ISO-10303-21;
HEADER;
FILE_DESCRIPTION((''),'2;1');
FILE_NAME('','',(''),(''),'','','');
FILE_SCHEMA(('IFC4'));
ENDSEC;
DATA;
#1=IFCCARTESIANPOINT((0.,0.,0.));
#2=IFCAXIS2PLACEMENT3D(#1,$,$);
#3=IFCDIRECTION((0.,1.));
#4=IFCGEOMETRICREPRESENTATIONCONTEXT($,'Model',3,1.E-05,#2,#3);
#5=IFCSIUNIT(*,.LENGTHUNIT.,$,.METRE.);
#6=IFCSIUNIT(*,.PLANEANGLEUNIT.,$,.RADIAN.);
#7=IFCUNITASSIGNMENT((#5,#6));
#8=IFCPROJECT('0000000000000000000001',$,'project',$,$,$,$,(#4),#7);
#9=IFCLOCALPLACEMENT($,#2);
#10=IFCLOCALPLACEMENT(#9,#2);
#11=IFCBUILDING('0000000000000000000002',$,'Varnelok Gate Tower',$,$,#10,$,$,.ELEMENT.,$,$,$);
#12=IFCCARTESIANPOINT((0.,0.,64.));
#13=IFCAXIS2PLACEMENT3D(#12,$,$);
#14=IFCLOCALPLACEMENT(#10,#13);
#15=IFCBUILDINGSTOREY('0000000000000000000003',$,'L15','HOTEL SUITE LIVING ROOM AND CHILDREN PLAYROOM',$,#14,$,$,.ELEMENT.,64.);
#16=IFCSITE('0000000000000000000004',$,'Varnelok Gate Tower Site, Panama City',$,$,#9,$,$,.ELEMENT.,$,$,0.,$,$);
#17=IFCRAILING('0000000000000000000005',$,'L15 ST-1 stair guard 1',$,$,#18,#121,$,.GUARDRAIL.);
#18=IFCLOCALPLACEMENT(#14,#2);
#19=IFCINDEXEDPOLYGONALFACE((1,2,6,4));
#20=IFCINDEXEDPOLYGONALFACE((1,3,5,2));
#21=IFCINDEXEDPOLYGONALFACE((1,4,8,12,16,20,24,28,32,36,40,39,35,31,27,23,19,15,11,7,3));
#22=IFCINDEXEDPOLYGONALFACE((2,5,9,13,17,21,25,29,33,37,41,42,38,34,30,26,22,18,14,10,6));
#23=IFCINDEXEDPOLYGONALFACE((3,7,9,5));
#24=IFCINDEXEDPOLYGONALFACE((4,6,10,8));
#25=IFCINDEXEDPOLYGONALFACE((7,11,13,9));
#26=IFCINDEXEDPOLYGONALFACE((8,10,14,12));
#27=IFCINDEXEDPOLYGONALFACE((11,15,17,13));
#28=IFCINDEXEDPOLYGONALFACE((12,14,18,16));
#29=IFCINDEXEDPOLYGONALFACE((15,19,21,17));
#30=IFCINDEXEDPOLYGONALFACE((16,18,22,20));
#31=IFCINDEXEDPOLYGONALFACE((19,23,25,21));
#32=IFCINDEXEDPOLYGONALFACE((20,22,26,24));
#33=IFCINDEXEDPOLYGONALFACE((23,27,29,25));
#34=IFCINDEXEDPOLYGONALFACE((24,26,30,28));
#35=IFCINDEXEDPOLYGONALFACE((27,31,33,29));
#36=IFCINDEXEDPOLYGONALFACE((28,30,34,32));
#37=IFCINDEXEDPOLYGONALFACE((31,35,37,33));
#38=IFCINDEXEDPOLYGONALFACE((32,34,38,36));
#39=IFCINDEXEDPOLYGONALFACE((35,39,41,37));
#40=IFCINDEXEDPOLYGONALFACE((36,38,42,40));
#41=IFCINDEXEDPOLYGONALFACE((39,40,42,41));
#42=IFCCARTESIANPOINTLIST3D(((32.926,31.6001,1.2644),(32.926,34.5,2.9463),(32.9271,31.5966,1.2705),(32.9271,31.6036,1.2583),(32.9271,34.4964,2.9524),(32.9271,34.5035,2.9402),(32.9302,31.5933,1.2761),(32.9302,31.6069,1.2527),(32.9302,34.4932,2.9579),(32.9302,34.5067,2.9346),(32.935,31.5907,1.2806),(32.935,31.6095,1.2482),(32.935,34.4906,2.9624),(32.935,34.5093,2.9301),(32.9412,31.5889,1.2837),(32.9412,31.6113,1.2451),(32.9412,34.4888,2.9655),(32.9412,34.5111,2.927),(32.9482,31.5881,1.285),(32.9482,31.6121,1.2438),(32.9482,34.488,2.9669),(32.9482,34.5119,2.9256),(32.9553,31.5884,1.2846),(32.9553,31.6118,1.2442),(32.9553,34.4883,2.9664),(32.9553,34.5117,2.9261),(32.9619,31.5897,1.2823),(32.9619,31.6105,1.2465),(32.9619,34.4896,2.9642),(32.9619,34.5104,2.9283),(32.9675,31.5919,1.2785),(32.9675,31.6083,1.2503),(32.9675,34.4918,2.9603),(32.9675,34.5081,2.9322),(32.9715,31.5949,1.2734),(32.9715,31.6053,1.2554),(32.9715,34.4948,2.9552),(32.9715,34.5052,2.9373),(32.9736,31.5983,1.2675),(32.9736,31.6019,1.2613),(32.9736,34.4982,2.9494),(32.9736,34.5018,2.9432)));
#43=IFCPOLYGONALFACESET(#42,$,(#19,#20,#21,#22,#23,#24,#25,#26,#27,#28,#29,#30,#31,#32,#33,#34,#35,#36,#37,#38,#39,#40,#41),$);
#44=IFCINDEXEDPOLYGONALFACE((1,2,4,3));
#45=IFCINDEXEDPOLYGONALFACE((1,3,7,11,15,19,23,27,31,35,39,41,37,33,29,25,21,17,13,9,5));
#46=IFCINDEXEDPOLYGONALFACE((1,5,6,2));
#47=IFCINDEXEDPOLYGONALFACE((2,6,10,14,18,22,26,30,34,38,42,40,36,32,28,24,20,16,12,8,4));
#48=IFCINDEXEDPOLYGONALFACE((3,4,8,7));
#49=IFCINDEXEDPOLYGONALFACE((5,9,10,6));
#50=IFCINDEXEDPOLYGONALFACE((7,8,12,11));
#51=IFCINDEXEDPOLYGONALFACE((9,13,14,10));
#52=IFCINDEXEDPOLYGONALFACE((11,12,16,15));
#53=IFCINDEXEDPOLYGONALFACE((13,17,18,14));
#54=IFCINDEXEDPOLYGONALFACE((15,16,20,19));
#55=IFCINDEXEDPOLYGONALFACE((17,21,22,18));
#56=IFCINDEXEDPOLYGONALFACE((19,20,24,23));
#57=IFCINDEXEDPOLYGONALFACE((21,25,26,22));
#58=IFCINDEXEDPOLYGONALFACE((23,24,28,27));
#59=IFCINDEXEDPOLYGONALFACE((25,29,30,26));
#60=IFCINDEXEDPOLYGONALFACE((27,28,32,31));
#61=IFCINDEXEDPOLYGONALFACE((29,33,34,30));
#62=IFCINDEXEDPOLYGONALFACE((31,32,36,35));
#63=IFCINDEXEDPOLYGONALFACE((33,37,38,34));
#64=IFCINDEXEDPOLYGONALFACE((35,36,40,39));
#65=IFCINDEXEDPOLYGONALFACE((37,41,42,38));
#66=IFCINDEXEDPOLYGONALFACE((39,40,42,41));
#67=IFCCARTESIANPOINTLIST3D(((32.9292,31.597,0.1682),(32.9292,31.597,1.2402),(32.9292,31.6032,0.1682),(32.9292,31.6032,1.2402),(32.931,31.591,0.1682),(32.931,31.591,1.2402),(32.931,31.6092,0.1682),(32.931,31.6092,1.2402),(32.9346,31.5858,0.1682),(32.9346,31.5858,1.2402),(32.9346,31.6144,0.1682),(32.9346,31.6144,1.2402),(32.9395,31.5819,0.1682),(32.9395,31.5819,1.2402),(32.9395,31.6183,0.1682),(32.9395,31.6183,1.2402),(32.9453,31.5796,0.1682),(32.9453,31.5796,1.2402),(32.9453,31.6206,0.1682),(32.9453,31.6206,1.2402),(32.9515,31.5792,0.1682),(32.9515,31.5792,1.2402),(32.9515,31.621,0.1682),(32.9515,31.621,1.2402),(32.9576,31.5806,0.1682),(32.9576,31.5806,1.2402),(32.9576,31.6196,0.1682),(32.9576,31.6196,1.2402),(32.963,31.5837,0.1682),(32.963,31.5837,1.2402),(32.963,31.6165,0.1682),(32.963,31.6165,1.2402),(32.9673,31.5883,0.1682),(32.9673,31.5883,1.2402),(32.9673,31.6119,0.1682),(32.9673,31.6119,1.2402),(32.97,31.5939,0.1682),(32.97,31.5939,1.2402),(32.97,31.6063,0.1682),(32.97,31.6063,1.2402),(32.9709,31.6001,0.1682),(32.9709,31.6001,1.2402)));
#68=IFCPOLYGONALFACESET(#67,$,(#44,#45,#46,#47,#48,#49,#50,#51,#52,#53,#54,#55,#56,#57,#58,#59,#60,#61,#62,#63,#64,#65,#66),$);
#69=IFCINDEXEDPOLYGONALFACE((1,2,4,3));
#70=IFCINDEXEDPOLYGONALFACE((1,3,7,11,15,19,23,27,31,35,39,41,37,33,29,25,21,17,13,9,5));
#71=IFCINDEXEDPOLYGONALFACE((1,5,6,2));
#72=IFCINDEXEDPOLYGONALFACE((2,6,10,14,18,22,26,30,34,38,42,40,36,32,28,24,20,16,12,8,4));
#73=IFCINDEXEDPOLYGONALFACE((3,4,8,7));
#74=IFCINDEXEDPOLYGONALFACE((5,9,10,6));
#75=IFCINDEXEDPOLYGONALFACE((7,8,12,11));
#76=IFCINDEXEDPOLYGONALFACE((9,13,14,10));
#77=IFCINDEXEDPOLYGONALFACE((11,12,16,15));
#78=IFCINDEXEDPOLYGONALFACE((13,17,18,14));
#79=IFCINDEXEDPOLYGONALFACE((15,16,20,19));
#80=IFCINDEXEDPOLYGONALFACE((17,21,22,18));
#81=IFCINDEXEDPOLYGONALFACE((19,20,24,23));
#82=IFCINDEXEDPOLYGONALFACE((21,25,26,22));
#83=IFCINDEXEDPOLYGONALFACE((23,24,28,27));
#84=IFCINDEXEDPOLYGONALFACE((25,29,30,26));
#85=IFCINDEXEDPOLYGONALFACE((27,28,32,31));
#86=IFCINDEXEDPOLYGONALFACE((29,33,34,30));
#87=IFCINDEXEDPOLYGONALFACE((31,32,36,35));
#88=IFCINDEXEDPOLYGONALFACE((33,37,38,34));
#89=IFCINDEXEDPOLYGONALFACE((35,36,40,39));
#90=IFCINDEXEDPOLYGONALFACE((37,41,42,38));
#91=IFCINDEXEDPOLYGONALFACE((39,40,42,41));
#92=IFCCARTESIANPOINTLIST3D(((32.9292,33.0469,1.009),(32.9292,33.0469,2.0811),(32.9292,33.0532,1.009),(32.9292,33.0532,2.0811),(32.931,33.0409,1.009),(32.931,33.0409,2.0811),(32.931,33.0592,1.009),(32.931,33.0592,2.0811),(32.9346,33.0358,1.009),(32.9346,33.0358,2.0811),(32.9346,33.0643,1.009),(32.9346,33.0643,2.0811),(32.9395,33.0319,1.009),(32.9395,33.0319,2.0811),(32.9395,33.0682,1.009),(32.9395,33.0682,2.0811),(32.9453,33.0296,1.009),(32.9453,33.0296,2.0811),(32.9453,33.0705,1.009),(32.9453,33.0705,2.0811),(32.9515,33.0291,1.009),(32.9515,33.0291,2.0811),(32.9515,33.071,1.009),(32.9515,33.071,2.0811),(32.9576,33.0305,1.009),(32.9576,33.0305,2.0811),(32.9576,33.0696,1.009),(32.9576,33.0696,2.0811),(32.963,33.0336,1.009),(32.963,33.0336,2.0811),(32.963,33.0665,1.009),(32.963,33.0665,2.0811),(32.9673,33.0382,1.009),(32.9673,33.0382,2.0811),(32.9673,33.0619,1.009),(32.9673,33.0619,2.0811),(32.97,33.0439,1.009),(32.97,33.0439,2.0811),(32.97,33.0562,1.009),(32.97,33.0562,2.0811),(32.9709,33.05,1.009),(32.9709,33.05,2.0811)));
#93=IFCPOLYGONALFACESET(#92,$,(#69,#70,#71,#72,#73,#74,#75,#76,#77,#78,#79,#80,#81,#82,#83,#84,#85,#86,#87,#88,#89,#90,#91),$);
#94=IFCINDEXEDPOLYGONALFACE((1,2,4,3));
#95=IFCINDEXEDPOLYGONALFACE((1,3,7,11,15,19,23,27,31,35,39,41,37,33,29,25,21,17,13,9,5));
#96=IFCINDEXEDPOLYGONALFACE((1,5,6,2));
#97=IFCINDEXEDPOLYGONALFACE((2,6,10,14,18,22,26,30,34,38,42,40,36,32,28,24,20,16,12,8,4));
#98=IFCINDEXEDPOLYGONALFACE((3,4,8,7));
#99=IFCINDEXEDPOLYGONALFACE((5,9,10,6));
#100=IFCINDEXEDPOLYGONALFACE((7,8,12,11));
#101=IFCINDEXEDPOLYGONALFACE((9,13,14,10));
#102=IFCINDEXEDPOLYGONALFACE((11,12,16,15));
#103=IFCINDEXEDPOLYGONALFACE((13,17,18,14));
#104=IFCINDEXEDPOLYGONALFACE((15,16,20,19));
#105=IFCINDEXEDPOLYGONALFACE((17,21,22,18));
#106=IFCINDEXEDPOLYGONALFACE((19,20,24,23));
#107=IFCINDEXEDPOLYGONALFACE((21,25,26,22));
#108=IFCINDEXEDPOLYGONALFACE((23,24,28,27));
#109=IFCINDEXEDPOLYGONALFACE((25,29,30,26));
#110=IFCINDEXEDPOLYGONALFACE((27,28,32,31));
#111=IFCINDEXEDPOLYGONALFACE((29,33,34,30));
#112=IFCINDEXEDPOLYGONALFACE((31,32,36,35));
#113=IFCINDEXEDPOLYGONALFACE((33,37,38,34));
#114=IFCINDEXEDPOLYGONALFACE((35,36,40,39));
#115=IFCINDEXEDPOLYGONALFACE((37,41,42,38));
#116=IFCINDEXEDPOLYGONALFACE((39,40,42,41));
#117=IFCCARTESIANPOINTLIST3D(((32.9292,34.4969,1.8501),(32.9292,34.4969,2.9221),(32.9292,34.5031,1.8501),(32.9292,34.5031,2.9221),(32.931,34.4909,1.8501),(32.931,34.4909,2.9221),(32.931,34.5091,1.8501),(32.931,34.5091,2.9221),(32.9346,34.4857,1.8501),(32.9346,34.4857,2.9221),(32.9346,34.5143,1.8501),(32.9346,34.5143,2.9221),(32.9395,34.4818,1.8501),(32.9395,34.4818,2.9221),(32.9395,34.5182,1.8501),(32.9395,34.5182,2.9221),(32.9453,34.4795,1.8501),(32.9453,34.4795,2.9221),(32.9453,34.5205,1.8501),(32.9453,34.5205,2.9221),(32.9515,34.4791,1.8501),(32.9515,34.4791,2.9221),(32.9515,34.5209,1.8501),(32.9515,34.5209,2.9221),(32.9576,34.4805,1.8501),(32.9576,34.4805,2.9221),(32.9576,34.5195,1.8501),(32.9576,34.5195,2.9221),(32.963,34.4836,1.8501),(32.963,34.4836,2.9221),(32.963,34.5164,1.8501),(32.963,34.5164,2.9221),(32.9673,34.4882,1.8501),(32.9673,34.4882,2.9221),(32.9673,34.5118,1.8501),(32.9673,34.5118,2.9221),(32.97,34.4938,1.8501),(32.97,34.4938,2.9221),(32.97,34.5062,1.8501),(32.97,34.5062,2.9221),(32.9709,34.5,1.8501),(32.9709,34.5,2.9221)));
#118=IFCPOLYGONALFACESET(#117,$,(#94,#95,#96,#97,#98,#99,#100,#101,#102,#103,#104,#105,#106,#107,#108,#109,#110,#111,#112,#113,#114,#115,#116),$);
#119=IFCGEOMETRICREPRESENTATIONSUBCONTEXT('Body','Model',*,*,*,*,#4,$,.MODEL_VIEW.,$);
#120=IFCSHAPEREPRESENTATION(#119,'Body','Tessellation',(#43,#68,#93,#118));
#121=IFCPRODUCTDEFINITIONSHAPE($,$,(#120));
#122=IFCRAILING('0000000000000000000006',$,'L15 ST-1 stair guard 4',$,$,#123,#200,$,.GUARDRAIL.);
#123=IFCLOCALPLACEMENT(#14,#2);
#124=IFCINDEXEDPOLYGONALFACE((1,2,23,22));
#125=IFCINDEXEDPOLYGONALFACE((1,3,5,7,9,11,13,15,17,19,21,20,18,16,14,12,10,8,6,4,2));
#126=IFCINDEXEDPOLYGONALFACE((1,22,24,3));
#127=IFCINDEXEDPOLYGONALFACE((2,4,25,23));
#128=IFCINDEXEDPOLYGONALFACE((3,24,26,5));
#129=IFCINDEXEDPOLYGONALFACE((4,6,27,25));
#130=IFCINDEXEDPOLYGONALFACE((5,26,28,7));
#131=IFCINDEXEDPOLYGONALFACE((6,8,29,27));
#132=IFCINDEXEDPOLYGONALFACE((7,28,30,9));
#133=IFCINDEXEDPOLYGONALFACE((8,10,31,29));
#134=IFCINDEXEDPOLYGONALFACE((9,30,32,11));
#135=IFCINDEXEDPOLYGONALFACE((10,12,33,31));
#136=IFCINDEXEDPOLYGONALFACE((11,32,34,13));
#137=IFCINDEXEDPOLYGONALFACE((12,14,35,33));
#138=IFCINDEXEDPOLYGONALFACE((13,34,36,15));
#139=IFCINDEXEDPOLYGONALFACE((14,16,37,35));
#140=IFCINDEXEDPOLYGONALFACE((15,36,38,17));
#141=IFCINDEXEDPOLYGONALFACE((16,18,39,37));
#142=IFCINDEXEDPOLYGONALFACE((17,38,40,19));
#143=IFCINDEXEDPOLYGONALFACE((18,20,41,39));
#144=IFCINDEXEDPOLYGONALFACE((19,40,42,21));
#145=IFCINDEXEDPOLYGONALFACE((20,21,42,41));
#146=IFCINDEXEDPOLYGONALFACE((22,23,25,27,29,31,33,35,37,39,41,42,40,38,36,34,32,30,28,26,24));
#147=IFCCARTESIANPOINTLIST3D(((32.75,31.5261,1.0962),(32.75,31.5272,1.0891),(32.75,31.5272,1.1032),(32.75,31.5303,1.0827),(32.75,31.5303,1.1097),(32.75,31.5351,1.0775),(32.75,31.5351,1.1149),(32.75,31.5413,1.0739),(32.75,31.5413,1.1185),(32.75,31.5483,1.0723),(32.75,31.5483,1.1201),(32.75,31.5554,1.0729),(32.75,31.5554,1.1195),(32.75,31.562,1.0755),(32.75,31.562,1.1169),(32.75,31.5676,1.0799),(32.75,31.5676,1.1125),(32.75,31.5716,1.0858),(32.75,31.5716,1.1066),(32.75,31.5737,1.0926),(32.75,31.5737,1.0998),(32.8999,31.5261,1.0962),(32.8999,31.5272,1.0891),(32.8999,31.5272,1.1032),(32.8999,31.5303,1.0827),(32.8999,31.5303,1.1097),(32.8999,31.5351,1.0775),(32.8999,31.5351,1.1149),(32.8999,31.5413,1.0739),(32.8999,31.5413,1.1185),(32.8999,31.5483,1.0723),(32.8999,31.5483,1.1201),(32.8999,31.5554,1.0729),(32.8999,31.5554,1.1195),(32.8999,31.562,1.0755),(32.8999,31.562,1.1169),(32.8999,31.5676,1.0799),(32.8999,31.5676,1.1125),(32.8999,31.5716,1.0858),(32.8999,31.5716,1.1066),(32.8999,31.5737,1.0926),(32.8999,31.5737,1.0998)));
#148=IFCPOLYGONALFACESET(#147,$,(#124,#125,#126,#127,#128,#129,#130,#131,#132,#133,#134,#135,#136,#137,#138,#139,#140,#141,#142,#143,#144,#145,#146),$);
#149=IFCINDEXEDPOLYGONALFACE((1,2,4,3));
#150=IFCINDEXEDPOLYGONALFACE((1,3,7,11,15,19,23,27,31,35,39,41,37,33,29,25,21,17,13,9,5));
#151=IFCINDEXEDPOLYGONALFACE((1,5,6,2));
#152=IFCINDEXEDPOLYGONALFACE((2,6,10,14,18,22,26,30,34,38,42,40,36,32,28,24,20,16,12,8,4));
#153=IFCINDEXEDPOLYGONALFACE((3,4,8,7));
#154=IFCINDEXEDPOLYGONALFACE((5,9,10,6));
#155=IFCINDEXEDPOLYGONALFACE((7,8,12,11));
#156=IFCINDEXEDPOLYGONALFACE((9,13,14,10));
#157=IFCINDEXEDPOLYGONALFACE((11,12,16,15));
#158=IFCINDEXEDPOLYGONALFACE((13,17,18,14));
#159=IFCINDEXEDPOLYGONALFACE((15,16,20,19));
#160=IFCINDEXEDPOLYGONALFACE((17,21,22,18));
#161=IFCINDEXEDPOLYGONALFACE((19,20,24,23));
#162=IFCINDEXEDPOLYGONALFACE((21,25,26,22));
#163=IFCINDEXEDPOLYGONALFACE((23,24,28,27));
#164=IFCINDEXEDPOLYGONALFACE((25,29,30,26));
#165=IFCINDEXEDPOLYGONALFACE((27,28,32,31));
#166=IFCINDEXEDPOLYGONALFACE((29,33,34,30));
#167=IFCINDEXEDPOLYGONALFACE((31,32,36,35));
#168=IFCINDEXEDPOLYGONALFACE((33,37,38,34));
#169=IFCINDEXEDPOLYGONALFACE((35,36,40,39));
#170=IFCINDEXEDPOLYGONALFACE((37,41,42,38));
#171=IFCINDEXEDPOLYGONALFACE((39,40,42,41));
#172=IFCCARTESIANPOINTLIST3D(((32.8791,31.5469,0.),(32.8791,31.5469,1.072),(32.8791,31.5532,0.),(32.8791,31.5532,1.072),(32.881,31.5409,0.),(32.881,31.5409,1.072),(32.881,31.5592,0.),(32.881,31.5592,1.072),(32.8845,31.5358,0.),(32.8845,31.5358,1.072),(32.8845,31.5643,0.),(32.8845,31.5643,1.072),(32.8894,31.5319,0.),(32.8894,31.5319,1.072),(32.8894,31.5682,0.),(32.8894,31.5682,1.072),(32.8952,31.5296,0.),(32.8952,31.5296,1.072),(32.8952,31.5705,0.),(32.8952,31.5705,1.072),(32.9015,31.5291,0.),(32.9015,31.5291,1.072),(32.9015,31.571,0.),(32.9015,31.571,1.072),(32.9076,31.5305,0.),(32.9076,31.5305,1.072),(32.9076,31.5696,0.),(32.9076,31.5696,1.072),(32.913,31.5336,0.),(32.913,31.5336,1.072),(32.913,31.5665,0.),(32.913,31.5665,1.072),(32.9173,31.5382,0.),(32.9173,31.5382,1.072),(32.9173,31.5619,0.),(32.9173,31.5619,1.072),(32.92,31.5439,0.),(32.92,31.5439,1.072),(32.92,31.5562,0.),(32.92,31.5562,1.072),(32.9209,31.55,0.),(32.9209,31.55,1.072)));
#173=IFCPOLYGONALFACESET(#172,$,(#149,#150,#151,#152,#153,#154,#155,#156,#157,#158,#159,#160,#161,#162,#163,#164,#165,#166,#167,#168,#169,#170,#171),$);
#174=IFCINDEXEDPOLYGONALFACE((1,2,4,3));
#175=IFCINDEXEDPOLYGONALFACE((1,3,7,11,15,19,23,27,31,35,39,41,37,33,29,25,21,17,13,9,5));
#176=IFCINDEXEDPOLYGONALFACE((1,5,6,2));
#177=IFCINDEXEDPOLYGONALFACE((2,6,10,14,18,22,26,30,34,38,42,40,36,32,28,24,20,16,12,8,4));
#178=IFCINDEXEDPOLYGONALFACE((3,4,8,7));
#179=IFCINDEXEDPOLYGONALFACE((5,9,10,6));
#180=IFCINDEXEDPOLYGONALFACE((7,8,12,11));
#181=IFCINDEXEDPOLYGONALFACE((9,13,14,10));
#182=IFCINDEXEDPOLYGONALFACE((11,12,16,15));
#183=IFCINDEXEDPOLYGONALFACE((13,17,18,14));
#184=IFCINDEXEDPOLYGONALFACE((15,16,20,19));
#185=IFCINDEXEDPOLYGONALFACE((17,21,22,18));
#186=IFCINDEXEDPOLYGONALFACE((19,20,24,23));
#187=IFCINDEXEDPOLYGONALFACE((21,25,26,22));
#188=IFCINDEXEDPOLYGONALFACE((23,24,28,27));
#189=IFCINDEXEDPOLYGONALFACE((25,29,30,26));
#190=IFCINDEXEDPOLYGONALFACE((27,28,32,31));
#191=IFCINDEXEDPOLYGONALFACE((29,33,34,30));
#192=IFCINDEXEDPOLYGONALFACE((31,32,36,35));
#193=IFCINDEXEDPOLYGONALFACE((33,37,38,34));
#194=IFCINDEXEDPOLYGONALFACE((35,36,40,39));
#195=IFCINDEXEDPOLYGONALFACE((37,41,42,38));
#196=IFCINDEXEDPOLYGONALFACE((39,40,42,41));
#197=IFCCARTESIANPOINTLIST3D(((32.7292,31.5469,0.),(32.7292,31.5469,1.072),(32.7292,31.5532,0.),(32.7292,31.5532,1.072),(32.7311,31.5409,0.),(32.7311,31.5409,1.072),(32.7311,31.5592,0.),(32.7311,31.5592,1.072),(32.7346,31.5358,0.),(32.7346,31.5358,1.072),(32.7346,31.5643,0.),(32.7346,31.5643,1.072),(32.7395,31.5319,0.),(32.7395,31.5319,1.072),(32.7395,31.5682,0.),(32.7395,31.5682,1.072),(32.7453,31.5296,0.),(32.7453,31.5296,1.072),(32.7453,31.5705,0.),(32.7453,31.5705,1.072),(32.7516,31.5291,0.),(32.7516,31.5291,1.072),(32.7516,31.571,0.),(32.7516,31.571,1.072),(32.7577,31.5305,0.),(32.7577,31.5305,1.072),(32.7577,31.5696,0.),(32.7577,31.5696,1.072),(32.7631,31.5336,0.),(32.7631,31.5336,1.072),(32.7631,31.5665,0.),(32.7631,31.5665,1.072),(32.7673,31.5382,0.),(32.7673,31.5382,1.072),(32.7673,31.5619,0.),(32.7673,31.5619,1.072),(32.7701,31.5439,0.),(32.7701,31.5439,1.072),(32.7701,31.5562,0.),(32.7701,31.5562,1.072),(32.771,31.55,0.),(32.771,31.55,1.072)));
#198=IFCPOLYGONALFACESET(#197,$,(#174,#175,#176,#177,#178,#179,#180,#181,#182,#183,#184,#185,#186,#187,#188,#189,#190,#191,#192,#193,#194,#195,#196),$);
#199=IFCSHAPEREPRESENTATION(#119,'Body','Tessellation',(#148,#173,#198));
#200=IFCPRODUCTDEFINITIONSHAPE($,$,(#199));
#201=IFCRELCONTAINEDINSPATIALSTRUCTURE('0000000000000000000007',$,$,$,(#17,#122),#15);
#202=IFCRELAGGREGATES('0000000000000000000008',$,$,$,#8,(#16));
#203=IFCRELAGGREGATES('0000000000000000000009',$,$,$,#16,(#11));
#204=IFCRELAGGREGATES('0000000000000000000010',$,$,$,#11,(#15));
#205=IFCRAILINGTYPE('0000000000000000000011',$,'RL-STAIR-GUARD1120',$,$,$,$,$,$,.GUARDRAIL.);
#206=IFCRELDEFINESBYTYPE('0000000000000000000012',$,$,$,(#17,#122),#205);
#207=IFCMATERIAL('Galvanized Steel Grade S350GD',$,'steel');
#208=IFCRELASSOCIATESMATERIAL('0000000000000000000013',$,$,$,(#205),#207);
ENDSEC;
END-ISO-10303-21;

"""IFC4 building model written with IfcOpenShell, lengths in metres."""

from ifc_helpers import new_model, si_unit, direction, frame, origin, origin_2d, place, context, subcontext, project, spatial, circle, extrude, material, type_object, element, save


model = new_model("IFC4")

# Units and contexts
model_context = context("Model", 3, precision=1e-05, world=origin(), true_north=direction((0.0, 1.0)))
body_context = subcontext(model_context, "Body", "Model", "MODEL_VIEW")
ifc_project = project(units=[si_unit("LENGTHUNIT", "METRE"), si_unit("PLANEANGLEUNIT", "RADIAN")], contexts=[model_context])

# Site, building, storey
site_placement = place(None, origin())
site = spatial("IfcSite", under=ifc_project, at=site_placement, Name="Varnelok Gate Tower Site, Panama City", CompositionType="ELEMENT", RefElevation=0.0)
building_placement = place(site_placement, origin())
building = spatial("IfcBuilding", under=site, at=building_placement, Name="Varnelok Gate Tower", CompositionType="ELEMENT")
storey_placement = place(building_placement, frame((0.0, 0.0, 64.0)))
storey = spatial("IfcBuildingStorey", under=building, at=storey_placement, Name="L15", Description="HOTEL SUITE LIVING ROOM AND CHILDREN PLAYROOM", CompositionType="ELEMENT", Elevation=64.0)

# Shared definitions
ifc_material_1 = material(Name="Galvanized Steel Grade S350GD", Category="steel")

# Railings
railing_type = type_object("IfcRailingType", Name="RL-STAIR-GUARD1120", PredefinedType="GUARDRAIL", material=ifc_material_1)
railing_1_placement = place(storey_placement, frame((32.95, 31.6001, 0.1682)))
element("IfcRailing", 1, at=railing_1_placement, inside=storey, type_object=railing_type, Name="L15 ST-1 stair guard 1", PredefinedType="GUARDRAIL", context=body_context, shape_type="SweptSolid", body=[
    extrude(circle(Radius=0.0239, at=origin_2d()), frame((0.0, 0.0, 1.0962), z_axis=(0.0, 0.865039, 0.501705), x_axis=(-1.0, 0.0, 0.0)), (0.0, 0.0, 1.0), 3.3523),
    extrude(circle(Radius=0.021, at=origin_2d()), origin(), (0.0, 0.0, 1.0), 1.072),
    extrude(circle(Radius=0.021, at=origin_2d()), frame((0.0, 1.45, 0.8408)), (0.0, 0.0, 1.0), 1.072),
    extrude(circle(Radius=0.021, at=origin_2d()), frame((0.0, 2.8999, 1.6819)), (0.0, 0.0, 1.0), 1.072),
])
railing_2_placement = place(storey_placement, frame((32.8999, 31.55, 0.0)))
element("IfcRailing", 2, at=railing_2_placement, inside=storey, type_object=railing_type, Name="L15 ST-1 stair guard 4", PredefinedType="GUARDRAIL", context=body_context, shape_type="SweptSolid", body=[
    extrude(circle(Radius=0.0239, at=origin_2d()), frame((0.0, 0.0, 1.0962), z_axis=(-1.0, 0.0, 0.0), x_axis=(0.0, -1.0, 0.0)), (0.0, 0.0, 1.0), 0.1499),
    extrude(circle(Radius=0.021, at=origin_2d()), origin(), (0.0, 0.0, 1.0), 1.072),
    extrude(circle(Radius=0.021, at=origin_2d()), frame((-0.1499, 0.0, 0.0)), (0.0, 0.0, 1.0), 1.072),
])

save(model, "model.ifc")
